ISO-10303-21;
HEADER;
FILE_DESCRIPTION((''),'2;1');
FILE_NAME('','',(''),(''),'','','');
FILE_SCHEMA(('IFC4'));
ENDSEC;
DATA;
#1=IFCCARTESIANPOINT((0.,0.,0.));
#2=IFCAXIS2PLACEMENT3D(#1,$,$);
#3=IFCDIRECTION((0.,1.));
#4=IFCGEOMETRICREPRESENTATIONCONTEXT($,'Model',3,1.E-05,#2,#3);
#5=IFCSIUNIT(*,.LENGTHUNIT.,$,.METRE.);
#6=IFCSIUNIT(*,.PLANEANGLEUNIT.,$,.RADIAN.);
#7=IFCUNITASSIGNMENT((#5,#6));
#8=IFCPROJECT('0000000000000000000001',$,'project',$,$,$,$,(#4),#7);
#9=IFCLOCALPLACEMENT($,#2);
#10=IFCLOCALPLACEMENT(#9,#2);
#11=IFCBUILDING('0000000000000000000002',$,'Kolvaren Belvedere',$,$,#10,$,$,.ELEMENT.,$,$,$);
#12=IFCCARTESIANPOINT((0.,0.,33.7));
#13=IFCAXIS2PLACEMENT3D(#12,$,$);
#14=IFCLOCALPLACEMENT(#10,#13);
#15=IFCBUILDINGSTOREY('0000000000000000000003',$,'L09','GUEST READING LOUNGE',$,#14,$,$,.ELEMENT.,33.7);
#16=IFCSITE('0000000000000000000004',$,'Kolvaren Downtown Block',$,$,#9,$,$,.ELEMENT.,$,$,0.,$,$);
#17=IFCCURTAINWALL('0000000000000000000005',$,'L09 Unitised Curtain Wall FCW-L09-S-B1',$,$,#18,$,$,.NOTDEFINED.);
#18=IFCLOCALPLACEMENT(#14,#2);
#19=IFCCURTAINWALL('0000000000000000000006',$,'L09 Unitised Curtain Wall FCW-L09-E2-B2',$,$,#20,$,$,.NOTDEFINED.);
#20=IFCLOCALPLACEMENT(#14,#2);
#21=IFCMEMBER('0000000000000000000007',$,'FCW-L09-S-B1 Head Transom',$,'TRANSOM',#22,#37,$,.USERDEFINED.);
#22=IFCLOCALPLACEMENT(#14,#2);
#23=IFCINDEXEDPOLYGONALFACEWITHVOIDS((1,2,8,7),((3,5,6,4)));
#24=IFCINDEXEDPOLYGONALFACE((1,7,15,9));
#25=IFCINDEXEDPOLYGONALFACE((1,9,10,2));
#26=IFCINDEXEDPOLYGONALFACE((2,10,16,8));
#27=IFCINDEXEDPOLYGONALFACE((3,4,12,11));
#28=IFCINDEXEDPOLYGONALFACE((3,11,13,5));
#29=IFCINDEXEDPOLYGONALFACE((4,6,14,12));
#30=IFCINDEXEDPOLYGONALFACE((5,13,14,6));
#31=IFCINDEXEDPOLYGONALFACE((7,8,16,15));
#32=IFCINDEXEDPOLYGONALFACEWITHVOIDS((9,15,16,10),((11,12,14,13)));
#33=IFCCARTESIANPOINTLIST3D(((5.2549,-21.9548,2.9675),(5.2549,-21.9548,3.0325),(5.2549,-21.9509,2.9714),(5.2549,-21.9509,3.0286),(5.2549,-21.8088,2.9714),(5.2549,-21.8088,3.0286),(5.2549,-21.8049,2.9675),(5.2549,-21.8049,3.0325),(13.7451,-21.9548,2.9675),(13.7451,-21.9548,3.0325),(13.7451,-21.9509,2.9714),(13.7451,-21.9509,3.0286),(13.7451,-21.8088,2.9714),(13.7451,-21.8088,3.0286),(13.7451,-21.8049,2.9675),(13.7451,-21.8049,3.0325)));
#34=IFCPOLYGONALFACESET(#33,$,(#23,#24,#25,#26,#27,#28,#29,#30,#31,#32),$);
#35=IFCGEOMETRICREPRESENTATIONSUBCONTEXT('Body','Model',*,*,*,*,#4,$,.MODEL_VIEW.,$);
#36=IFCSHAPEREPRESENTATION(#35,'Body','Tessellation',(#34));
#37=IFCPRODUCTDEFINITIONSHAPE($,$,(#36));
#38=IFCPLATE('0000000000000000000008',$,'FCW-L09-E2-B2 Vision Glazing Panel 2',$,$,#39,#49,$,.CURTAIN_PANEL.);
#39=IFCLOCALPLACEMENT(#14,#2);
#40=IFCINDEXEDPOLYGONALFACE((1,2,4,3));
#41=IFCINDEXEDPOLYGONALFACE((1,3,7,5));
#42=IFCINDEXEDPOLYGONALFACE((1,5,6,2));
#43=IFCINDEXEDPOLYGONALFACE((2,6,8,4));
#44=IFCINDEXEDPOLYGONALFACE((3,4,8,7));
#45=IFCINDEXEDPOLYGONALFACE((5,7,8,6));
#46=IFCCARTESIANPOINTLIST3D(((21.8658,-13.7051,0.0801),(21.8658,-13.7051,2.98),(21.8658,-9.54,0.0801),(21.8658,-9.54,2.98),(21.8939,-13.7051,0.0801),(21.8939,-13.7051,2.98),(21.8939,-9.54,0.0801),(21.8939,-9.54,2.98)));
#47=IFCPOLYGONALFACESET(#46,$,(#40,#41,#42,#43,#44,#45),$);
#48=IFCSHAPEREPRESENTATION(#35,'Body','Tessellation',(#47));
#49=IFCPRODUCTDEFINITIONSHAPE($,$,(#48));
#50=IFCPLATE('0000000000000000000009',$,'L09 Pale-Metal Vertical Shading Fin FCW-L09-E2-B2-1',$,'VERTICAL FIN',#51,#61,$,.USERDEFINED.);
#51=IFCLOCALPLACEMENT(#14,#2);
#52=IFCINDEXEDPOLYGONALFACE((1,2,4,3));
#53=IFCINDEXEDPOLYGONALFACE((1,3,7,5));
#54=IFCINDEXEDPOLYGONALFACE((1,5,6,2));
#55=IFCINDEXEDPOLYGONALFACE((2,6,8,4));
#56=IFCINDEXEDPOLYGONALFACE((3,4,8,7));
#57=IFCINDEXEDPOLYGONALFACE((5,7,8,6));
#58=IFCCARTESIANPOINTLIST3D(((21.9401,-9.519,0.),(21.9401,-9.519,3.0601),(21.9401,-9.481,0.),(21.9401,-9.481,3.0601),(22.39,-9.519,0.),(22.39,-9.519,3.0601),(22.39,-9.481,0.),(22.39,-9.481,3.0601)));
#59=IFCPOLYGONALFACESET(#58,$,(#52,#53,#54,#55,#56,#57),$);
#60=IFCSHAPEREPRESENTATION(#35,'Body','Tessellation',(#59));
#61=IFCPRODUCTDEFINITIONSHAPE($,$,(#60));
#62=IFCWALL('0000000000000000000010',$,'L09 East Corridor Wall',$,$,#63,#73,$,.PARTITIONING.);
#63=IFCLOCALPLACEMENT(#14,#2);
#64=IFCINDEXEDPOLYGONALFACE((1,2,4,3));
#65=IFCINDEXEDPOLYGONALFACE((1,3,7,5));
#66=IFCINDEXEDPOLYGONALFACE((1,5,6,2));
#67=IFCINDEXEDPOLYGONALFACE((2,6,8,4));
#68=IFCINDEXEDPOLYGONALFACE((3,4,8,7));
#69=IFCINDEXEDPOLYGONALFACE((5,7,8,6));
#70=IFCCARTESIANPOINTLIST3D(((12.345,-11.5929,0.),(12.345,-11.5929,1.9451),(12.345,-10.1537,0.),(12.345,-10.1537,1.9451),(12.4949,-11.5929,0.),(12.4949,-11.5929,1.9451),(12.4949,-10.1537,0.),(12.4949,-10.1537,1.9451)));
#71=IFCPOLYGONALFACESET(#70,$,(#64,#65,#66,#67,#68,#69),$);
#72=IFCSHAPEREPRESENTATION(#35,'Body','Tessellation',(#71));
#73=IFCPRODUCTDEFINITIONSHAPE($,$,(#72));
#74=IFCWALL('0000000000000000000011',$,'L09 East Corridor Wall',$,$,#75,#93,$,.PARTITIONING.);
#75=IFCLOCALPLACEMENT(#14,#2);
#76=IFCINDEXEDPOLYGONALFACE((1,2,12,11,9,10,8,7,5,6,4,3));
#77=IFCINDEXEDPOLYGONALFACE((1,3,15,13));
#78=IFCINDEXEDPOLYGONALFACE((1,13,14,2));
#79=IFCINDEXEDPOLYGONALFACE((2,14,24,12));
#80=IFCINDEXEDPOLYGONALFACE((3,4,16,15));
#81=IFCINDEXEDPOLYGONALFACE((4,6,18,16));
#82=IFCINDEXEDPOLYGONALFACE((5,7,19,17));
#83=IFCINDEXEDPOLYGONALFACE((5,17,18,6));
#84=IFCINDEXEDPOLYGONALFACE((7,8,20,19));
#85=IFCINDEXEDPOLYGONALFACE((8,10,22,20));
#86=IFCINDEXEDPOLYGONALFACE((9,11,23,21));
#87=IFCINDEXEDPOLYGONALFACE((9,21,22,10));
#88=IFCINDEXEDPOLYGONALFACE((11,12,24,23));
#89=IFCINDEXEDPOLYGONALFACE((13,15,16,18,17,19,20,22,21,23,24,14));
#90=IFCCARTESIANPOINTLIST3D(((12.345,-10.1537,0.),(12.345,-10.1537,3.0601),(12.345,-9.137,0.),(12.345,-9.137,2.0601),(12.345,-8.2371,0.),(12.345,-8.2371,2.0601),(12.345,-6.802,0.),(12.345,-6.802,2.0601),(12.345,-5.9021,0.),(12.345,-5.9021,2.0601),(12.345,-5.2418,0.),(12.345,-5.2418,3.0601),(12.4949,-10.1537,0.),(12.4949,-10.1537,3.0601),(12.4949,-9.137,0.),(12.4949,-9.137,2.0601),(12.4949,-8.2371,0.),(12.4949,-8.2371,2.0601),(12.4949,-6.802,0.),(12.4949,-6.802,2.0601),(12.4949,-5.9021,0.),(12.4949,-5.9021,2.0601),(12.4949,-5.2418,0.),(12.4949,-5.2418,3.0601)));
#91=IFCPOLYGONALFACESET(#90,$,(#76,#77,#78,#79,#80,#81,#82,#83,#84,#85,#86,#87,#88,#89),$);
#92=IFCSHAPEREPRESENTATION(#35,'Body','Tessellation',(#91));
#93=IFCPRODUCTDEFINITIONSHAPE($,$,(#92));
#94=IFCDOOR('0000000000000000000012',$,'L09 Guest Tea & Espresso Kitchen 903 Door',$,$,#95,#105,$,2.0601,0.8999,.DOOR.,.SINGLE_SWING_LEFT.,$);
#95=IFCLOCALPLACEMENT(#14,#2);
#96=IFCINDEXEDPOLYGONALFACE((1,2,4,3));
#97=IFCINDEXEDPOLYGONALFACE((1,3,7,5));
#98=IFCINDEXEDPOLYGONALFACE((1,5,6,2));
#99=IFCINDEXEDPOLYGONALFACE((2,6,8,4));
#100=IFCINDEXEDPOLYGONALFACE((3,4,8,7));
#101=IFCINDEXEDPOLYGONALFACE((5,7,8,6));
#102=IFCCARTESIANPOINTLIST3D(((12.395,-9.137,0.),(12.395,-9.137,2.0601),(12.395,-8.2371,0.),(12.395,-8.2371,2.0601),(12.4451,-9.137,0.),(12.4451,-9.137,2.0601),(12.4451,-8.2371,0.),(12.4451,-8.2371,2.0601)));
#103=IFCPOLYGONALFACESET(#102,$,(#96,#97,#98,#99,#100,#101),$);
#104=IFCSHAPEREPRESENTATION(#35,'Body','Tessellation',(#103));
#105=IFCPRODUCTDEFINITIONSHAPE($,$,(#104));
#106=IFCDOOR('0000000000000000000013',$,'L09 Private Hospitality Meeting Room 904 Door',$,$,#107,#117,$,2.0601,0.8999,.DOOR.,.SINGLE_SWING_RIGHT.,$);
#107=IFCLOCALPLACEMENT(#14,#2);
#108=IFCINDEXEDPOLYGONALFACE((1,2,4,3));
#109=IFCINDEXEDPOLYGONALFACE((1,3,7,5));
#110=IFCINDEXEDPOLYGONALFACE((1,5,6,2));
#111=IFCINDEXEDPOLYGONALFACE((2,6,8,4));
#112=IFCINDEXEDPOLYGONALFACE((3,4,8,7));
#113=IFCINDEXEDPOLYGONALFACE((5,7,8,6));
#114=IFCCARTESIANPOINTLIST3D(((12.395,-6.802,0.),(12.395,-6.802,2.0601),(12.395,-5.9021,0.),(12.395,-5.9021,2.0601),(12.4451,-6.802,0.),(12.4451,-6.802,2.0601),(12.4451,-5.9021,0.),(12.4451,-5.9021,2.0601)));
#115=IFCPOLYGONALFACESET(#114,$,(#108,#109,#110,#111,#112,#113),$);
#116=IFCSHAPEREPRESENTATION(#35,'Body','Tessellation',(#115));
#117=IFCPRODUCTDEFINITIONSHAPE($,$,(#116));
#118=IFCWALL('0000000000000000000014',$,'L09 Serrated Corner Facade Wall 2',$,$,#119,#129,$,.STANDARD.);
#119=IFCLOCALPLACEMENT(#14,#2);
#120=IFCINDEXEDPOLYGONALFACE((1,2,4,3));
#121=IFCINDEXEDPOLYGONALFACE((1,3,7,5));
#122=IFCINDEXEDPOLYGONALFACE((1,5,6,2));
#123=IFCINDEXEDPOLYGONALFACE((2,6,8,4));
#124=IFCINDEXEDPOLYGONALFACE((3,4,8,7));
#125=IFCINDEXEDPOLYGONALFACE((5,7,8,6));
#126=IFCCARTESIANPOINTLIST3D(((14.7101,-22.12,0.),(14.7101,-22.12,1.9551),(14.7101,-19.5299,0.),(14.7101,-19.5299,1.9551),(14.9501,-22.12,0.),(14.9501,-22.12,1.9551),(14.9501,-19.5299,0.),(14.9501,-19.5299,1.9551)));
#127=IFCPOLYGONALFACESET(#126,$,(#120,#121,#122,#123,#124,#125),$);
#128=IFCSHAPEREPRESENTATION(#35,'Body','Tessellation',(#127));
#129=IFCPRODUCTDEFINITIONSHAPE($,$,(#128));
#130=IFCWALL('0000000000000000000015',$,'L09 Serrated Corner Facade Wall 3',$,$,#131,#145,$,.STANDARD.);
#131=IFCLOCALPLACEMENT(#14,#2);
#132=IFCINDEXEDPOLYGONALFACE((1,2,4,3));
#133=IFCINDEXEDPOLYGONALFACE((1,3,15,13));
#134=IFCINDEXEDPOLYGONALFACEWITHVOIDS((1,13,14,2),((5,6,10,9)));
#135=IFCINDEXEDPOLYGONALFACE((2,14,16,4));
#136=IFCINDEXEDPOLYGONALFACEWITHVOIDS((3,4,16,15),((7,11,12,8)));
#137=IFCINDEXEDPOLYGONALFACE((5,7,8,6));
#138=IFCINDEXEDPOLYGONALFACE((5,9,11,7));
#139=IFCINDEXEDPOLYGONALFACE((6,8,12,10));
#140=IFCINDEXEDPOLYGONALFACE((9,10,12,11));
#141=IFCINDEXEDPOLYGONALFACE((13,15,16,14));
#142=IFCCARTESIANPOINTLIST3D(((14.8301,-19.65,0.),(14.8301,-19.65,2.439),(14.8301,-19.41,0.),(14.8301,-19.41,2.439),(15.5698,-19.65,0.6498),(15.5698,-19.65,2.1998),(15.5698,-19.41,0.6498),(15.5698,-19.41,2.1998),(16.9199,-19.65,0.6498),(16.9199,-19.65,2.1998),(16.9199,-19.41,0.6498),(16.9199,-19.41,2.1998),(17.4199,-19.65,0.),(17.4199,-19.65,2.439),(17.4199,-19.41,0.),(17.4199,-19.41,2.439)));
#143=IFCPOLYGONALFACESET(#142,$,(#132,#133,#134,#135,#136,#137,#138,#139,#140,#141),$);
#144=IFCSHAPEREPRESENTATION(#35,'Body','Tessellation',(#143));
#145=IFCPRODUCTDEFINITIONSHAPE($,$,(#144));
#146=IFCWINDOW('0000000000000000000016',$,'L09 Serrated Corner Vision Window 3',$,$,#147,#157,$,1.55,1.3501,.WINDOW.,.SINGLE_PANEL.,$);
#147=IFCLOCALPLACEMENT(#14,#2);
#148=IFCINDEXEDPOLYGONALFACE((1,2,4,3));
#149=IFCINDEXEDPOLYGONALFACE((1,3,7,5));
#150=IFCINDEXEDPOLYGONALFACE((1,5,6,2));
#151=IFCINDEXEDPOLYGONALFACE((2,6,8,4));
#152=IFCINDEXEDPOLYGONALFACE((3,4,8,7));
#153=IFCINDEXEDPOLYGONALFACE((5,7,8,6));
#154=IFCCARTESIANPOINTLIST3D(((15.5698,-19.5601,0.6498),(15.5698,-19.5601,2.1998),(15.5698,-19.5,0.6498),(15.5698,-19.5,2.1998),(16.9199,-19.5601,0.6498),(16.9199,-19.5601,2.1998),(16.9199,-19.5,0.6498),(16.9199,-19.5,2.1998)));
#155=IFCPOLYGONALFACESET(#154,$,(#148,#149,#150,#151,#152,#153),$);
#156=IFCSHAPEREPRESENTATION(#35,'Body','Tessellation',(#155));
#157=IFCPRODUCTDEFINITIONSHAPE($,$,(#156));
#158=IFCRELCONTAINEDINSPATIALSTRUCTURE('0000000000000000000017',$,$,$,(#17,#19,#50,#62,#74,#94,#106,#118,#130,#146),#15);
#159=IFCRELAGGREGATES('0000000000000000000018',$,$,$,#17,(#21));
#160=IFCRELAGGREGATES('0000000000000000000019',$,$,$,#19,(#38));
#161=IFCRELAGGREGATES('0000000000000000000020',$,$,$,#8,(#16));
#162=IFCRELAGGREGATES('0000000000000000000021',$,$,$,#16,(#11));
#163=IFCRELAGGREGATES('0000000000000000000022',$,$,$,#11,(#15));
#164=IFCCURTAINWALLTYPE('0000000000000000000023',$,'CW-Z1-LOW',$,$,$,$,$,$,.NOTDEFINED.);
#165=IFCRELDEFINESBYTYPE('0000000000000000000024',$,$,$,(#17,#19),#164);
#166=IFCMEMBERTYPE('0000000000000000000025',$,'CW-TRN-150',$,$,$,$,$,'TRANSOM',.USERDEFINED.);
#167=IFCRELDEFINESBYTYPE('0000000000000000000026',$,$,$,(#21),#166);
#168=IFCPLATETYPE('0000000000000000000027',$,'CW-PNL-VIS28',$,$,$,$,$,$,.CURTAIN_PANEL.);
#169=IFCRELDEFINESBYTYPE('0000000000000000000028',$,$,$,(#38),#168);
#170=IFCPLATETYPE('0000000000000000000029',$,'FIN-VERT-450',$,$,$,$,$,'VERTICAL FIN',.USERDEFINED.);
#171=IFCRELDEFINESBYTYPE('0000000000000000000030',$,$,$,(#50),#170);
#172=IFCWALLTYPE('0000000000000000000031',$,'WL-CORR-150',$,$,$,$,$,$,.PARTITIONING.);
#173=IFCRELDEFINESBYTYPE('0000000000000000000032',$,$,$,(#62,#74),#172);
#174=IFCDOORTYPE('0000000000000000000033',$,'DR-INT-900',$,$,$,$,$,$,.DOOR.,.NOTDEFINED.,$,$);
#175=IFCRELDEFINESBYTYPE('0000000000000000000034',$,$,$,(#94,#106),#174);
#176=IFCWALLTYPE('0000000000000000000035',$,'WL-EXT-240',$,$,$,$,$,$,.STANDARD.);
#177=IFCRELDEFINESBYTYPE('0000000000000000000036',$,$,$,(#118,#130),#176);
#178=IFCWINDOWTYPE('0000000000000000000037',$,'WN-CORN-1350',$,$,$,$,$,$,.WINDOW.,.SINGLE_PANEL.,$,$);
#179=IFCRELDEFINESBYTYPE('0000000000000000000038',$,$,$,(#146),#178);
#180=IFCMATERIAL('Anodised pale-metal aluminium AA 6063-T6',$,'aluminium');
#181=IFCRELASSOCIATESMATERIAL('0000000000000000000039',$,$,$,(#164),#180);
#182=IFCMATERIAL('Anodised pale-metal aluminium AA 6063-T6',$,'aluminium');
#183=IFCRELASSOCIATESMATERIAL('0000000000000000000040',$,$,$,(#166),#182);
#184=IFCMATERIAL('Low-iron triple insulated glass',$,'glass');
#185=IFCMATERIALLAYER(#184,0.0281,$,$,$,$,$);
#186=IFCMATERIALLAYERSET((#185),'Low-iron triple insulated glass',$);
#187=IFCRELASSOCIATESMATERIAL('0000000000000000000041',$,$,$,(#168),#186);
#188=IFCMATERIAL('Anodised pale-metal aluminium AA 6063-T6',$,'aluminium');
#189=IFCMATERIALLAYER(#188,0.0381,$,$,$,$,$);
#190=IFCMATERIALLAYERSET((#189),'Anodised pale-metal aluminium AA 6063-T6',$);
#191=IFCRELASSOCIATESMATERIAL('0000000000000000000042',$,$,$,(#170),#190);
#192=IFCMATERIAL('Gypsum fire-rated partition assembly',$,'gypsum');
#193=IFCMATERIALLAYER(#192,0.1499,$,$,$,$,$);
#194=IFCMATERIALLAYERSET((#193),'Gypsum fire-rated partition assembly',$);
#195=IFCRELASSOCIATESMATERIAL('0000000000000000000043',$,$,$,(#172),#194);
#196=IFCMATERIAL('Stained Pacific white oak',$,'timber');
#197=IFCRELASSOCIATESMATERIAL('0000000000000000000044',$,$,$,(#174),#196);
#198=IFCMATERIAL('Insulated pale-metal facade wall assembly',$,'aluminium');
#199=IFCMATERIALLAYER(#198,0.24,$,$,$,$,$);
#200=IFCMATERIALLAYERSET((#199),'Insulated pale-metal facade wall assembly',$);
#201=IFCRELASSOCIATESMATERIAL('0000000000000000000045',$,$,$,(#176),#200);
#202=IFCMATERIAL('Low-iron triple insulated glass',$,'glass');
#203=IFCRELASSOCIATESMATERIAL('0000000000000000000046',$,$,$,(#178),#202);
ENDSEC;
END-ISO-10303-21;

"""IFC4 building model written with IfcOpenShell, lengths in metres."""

from ifc_helpers import new_model, si_unit, direction, frame, frame_2d, origin, origin_2d, place, context, subcontext, project, spatial, rectangle, hollow_rectangle, extrude, material, layer, layer_set, material_profile, profile_set, type_object, element, fill, aggregate, save


model = new_model("IFC4")

# Units and contexts
model_context = context("Model", 3, precision=1e-05, world=origin(), true_north=direction((0.0, 1.0)))
body_context = subcontext(model_context, "Body", "Model", "MODEL_VIEW")
ifc_project = project(units=[si_unit("LENGTHUNIT", "METRE"), si_unit("PLANEANGLEUNIT", "RADIAN")], contexts=[model_context])

# Site, building, storey
site_placement = place(None, origin())
site = spatial("IfcSite", under=ifc_project, at=site_placement, Name="Kolvaren Downtown Block", CompositionType="ELEMENT", RefElevation=0.0)
building_placement = place(site_placement, origin())
building = spatial("IfcBuilding", under=site, at=building_placement, Name="Kolvaren Belvedere", CompositionType="ELEMENT")
storey_placement = place(building_placement, frame((0.0, 0.0, 33.7)))
storey = spatial("IfcBuildingStorey", under=building, at=storey_placement, Name="L09", Description="GUEST READING LOUNGE", CompositionType="ELEMENT", Elevation=33.7)

# Curtain wall
ifc_material_1 = material(Name="Anodised pale-metal aluminium AA 6063-T6", Category="aluminium")
curtain_wall_type = type_object("IfcCurtainWallType", Name="CW-Z1-LOW", PredefinedType="NOTDEFINED", material=ifc_material_1)
curtain_wall_1_placement = place(storey_placement, origin())
curtain_wall_1 = element("IfcCurtainWall", 1, at=curtain_wall_1_placement, inside=storey, type_object=curtain_wall_type, Name="L09 Unitised Curtain Wall FCW-L09-S-B1", PredefinedType="NOTDEFINED")

# Curtain wall
curtain_wall_2_placement = place(storey_placement, origin())
curtain_wall_2 = element("IfcCurtainWall", 2, at=curtain_wall_2_placement, inside=storey, type_object=curtain_wall_type, Name="L09 Unitised Curtain Wall FCW-L09-E2-B2", PredefinedType="NOTDEFINED")

# Member
ifc_material_2 = material(Name="Anodised pale-metal aluminium AA 6063-T6", Category="aluminium")
ifc_material_profile_1 = material_profile(ifc_material_2, hollow_rectangle(XDim=0.0649, YDim=0.1499, WallThickness=0.0039, at=origin_2d()), Name="ALU-TRN-150X65")
ifc_profile_set_1 = profile_set([ifc_material_profile_1], Name="Anodised pale-metal aluminium AA 6063-T6")
member_type_1 = type_object("IfcMemberType", Name="CW-TRN-150", ElementType="TRANSOM", PredefinedType="USERDEFINED", material=ifc_profile_set_1)
member_1_placement = place(storey_placement, frame((13.7451, -21.8799, 3.0), z_axis=(-1.0, 0.0, 0.0), x_axis=(0.0, 0.0, 1.0)))
member_1 = element("IfcMember", 3, at=member_1_placement, type_object=member_type_1, Name="FCW-L09-S-B1 Head Transom", ObjectType="TRANSOM", PredefinedType="USERDEFINED", context=body_context, shape_type="SweptSolid", body=[
    extrude(hollow_rectangle(XDim=0.0649, YDim=0.1499, WallThickness=0.0039, at=origin_2d()), origin(), (0.0, 0.0, 1.0), 8.4902),
])
aggregate(curtain_wall_1, [member_1])

# Plates
ifc_material_3 = material(Name="Low-iron triple insulated glass", Category="glass")
ifc_layer_1 = layer(ifc_material_3, 0.0281)
ifc_layer_set_1 = layer_set([ifc_layer_1], Name="Low-iron triple insulated glass")
plate_type_1 = type_object("IfcPlateType", Name="CW-PNL-VIS28", PredefinedType="CURTAIN_PANEL", material=ifc_layer_set_1)
plate_1_placement = place(storey_placement, frame((21.8799, -11.6226, 0.0801), z_axis=(0.0, 0.0, 1.0), x_axis=(0.0, -1.0, 0.0)))
plate_1 = element("IfcPlate", 4, at=plate_1_placement, type_object=plate_type_1, Name="FCW-L09-E2-B2 Vision Glazing Panel 2", PredefinedType="CURTAIN_PANEL", context=body_context, shape_type="SweptSolid", body=[
    extrude(rectangle(XDim=4.165, YDim=0.0281, at=origin_2d()), origin(), (0.0, 0.0, 1.0), 2.8999),
])
aggregate(curtain_wall_2, [plate_1])
ifc_material_4 = material(Name="Anodised pale-metal aluminium AA 6063-T6", Category="aluminium")
ifc_layer_2 = layer(ifc_material_4, 0.0381)
ifc_layer_set_2 = layer_set([ifc_layer_2], Name="Anodised pale-metal aluminium AA 6063-T6")
plate_type_2 = type_object("IfcPlateType", Name="FIN-VERT-450", ElementType="VERTICAL FIN", PredefinedType="USERDEFINED", material=ifc_layer_set_2)
plate_2_placement = place(storey_placement, frame((22.165, -9.5, 0.0), z_axis=(0.0, 0.0, 1.0), x_axis=(1.0, 0.0, 0.0)))
element("IfcPlate", 5, at=plate_2_placement, inside=storey, type_object=plate_type_2, Name="L09 Pale-Metal Vertical Shading Fin FCW-L09-E2-B2-1", ObjectType="VERTICAL FIN", PredefinedType="USERDEFINED", context=body_context, shape_type="SweptSolid", body=[
    extrude(rectangle(XDim=0.45, YDim=0.0381, at=origin_2d()), origin(), (0.0, 0.0, 1.0), 3.0601),
])

# Wall
ifc_material_5 = material(Name="Gypsum fire-rated partition assembly", Category="gypsum")
ifc_layer_3 = layer(ifc_material_5, 0.1499)
ifc_layer_set_3 = layer_set([ifc_layer_3], Name="Gypsum fire-rated partition assembly")
wall_type_1 = type_object("IfcWallType", Name="WL-CORR-150", PredefinedType="PARTITIONING", material=ifc_layer_set_3)
wall_1_placement = place(storey_placement, frame((12.4199, -11.593, 0.0), z_axis=(0.0, 0.0, 1.0), x_axis=(0.0, 1.0, 0.0)))
element("IfcWall", 6, at=wall_1_placement, inside=storey, type_object=wall_type_1, Name="L09 East Corridor Wall", PredefinedType="PARTITIONING", context=body_context, shape_type="SweptSolid", body=[
    extrude(rectangle(XDim=1.4392, YDim=0.1499, at=frame_2d((0.7197, 0.0))), origin(), (0.0, 0.0, 1.0), 1.9451),
])

# Wall, openings, doors
wall_2_placement = place(storey_placement, frame((12.4199, -10.1538, 0.0), z_axis=(0.0, 0.0, 1.0), x_axis=(0.0, 1.0, 0.0)))
wall_2 = element("IfcWall", 7, at=wall_2_placement, inside=storey, type_object=wall_type_1, Name="L09 East Corridor Wall", PredefinedType="PARTITIONING", context=body_context, shape_type="SweptSolid", body=[
    extrude(rectangle(XDim=4.9119, YDim=0.1499, at=frame_2d((2.4561, 0.0))), origin(), (0.0, 0.0, 1.0), 3.0601),
])
opening_1_placement = place(wall_2_placement, frame((1.0168, 0.0, 0.0)))
opening_1 = element("IfcOpeningElement", 8, at=opening_1_placement, cuts=wall_2, PredefinedType="OPENING", context=body_context, shape_type="SweptSolid", body=[
    extrude(rectangle(XDim=0.8999, YDim=2.0601, at=frame_2d((0.45, 1.03))), frame((0.0, 0.085, 0.0), z_axis=(0.0, -1.0, 0.0), x_axis=(1.0, 0.0, 0.0)), (0.0, 0.0, 1.0), 0.1699),
])
opening_2_placement = place(wall_2_placement, frame((3.3518, 0.0, 0.0)))
opening_2 = element("IfcOpeningElement", 9, at=opening_2_placement, cuts=wall_2, PredefinedType="OPENING", context=body_context, shape_type="SweptSolid", body=[
    extrude(rectangle(XDim=0.8999, YDim=2.0601, at=frame_2d((0.45, 1.03))), frame((0.0, 0.085, 0.0), z_axis=(0.0, -1.0, 0.0), x_axis=(1.0, 0.0, 0.0)), (0.0, 0.0, 1.0), 0.1699),
])
ifc_material_6 = material(Name="Stained Pacific white oak", Category="timber")
door_type = type_object("IfcDoorType", Name="DR-INT-900", OperationType="NOTDEFINED", PredefinedType="DOOR", material=ifc_material_6)
door_1_placement = place(opening_1_placement, origin())
door_1 = element("IfcDoor", 10, at=door_1_placement, inside=storey, type_object=door_type, Name="L09 Guest Tea & Espresso Kitchen 903 Door", OperationType="SINGLE_SWING_LEFT", OverallHeight=2.0601, OverallWidth=0.8999, PredefinedType="DOOR", context=body_context, shape_type="SweptSolid", body=[
    extrude(rectangle(XDim=0.8999, YDim=2.0601, at=frame_2d((0.45, 1.03))), frame((0.0, 0.0249, 0.0), z_axis=(0.0, -1.0, 0.0), x_axis=(1.0, 0.0, 0.0)), (0.0, 0.0, 1.0), 0.05),
])
fill(opening_1, door_1)
door_2_placement = place(opening_2_placement, origin())
door_2 = element("IfcDoor", 11, at=door_2_placement, inside=storey, type_object=door_type, Name="L09 Private Hospitality Meeting Room 904 Door", OperationType="SINGLE_SWING_RIGHT", OverallHeight=2.0601, OverallWidth=0.8999, PredefinedType="DOOR", context=body_context, shape_type="SweptSolid", body=[
    extrude(rectangle(XDim=0.8999, YDim=2.0601, at=frame_2d((0.45, 1.03))), frame((0.0, 0.0249, 0.0), z_axis=(0.0, -1.0, 0.0), x_axis=(1.0, 0.0, 0.0)), (0.0, 0.0, 1.0), 0.05),
])
fill(opening_2, door_2)

# Wall
ifc_material_7 = material(Name="Insulated pale-metal facade wall assembly", Category="aluminium")
ifc_layer_4 = layer(ifc_material_7, 0.24)
ifc_layer_set_4 = layer_set([ifc_layer_4], Name="Insulated pale-metal facade wall assembly")
wall_type_2 = type_object("IfcWallType", Name="WL-EXT-240", PredefinedType="STANDARD", material=ifc_layer_set_4)
wall_3_placement = place(storey_placement, frame((14.8301, -19.53, 0.0), z_axis=(0.0, 0.0, 1.0), x_axis=(0.0, -1.0, 0.0)))
element("IfcWall", 12, at=wall_3_placement, inside=storey, type_object=wall_type_2, Name="L09 Serrated Corner Facade Wall 2", PredefinedType="STANDARD", context=body_context, shape_type="SweptSolid", body=[
    extrude(rectangle(XDim=2.5901, YDim=0.24, at=frame_2d((1.2949, 0.0))), origin(), (0.0, 0.0, 1.0), 1.9551),
])

# Wall, opening, window
wall_4_placement = place(storey_placement, frame((17.4199, -19.53, 0.0), z_axis=(0.0, 0.0, 1.0), x_axis=(-1.0, 0.0, 0.0)))
wall_4 = element("IfcWall", 13, at=wall_4_placement, inside=storey, type_object=wall_type_2, Name="L09 Serrated Corner Facade Wall 3", PredefinedType="STANDARD", context=body_context, shape_type="SweptSolid", body=[
    extrude(rectangle(XDim=2.5898, YDim=0.24, at=frame_2d((1.2949, 0.0))), origin(), (0.0, 0.0, 1.0), 2.439),
])
opening_3_placement = place(wall_4_placement, frame((0.5, 0.0, 0.6499)))
opening_3 = element("IfcOpeningElement", 14, at=opening_3_placement, cuts=wall_4, PredefinedType="OPENING", context=body_context, shape_type="SweptSolid", body=[
    extrude(rectangle(XDim=1.3501, YDim=1.55, at=frame_2d((0.675, 0.7749))), frame((0.0, 0.1299, 0.0), z_axis=(0.0, -1.0, 0.0), x_axis=(1.0, 0.0, 0.0)), (0.0, 0.0, 1.0), 0.26),
])
ifc_material_8 = material(Name="Low-iron triple insulated glass", Category="glass")
window_type = type_object("IfcWindowType", Name="WN-CORN-1350", PartitioningType="SINGLE_PANEL", PredefinedType="WINDOW", material=ifc_material_8)
window_1_placement = place(opening_3_placement, origin())
window_1 = element("IfcWindow", 15, at=window_1_placement, inside=storey, type_object=window_type, Name="L09 Serrated Corner Vision Window 3", OverallHeight=1.55, OverallWidth=1.3501, PartitioningType="SINGLE_PANEL", PredefinedType="WINDOW", context=body_context, shape_type="SweptSolid", body=[
    extrude(rectangle(XDim=1.3501, YDim=1.55, at=frame_2d((0.675, 0.7749))), frame((0.0, 0.03, 0.0), z_axis=(0.0, -1.0, 0.0), x_axis=(1.0, 0.0, 0.0)), (0.0, 0.0, 1.0), 0.0601),
])
fill(opening_3, window_1)

save(model, "model.ifc")
